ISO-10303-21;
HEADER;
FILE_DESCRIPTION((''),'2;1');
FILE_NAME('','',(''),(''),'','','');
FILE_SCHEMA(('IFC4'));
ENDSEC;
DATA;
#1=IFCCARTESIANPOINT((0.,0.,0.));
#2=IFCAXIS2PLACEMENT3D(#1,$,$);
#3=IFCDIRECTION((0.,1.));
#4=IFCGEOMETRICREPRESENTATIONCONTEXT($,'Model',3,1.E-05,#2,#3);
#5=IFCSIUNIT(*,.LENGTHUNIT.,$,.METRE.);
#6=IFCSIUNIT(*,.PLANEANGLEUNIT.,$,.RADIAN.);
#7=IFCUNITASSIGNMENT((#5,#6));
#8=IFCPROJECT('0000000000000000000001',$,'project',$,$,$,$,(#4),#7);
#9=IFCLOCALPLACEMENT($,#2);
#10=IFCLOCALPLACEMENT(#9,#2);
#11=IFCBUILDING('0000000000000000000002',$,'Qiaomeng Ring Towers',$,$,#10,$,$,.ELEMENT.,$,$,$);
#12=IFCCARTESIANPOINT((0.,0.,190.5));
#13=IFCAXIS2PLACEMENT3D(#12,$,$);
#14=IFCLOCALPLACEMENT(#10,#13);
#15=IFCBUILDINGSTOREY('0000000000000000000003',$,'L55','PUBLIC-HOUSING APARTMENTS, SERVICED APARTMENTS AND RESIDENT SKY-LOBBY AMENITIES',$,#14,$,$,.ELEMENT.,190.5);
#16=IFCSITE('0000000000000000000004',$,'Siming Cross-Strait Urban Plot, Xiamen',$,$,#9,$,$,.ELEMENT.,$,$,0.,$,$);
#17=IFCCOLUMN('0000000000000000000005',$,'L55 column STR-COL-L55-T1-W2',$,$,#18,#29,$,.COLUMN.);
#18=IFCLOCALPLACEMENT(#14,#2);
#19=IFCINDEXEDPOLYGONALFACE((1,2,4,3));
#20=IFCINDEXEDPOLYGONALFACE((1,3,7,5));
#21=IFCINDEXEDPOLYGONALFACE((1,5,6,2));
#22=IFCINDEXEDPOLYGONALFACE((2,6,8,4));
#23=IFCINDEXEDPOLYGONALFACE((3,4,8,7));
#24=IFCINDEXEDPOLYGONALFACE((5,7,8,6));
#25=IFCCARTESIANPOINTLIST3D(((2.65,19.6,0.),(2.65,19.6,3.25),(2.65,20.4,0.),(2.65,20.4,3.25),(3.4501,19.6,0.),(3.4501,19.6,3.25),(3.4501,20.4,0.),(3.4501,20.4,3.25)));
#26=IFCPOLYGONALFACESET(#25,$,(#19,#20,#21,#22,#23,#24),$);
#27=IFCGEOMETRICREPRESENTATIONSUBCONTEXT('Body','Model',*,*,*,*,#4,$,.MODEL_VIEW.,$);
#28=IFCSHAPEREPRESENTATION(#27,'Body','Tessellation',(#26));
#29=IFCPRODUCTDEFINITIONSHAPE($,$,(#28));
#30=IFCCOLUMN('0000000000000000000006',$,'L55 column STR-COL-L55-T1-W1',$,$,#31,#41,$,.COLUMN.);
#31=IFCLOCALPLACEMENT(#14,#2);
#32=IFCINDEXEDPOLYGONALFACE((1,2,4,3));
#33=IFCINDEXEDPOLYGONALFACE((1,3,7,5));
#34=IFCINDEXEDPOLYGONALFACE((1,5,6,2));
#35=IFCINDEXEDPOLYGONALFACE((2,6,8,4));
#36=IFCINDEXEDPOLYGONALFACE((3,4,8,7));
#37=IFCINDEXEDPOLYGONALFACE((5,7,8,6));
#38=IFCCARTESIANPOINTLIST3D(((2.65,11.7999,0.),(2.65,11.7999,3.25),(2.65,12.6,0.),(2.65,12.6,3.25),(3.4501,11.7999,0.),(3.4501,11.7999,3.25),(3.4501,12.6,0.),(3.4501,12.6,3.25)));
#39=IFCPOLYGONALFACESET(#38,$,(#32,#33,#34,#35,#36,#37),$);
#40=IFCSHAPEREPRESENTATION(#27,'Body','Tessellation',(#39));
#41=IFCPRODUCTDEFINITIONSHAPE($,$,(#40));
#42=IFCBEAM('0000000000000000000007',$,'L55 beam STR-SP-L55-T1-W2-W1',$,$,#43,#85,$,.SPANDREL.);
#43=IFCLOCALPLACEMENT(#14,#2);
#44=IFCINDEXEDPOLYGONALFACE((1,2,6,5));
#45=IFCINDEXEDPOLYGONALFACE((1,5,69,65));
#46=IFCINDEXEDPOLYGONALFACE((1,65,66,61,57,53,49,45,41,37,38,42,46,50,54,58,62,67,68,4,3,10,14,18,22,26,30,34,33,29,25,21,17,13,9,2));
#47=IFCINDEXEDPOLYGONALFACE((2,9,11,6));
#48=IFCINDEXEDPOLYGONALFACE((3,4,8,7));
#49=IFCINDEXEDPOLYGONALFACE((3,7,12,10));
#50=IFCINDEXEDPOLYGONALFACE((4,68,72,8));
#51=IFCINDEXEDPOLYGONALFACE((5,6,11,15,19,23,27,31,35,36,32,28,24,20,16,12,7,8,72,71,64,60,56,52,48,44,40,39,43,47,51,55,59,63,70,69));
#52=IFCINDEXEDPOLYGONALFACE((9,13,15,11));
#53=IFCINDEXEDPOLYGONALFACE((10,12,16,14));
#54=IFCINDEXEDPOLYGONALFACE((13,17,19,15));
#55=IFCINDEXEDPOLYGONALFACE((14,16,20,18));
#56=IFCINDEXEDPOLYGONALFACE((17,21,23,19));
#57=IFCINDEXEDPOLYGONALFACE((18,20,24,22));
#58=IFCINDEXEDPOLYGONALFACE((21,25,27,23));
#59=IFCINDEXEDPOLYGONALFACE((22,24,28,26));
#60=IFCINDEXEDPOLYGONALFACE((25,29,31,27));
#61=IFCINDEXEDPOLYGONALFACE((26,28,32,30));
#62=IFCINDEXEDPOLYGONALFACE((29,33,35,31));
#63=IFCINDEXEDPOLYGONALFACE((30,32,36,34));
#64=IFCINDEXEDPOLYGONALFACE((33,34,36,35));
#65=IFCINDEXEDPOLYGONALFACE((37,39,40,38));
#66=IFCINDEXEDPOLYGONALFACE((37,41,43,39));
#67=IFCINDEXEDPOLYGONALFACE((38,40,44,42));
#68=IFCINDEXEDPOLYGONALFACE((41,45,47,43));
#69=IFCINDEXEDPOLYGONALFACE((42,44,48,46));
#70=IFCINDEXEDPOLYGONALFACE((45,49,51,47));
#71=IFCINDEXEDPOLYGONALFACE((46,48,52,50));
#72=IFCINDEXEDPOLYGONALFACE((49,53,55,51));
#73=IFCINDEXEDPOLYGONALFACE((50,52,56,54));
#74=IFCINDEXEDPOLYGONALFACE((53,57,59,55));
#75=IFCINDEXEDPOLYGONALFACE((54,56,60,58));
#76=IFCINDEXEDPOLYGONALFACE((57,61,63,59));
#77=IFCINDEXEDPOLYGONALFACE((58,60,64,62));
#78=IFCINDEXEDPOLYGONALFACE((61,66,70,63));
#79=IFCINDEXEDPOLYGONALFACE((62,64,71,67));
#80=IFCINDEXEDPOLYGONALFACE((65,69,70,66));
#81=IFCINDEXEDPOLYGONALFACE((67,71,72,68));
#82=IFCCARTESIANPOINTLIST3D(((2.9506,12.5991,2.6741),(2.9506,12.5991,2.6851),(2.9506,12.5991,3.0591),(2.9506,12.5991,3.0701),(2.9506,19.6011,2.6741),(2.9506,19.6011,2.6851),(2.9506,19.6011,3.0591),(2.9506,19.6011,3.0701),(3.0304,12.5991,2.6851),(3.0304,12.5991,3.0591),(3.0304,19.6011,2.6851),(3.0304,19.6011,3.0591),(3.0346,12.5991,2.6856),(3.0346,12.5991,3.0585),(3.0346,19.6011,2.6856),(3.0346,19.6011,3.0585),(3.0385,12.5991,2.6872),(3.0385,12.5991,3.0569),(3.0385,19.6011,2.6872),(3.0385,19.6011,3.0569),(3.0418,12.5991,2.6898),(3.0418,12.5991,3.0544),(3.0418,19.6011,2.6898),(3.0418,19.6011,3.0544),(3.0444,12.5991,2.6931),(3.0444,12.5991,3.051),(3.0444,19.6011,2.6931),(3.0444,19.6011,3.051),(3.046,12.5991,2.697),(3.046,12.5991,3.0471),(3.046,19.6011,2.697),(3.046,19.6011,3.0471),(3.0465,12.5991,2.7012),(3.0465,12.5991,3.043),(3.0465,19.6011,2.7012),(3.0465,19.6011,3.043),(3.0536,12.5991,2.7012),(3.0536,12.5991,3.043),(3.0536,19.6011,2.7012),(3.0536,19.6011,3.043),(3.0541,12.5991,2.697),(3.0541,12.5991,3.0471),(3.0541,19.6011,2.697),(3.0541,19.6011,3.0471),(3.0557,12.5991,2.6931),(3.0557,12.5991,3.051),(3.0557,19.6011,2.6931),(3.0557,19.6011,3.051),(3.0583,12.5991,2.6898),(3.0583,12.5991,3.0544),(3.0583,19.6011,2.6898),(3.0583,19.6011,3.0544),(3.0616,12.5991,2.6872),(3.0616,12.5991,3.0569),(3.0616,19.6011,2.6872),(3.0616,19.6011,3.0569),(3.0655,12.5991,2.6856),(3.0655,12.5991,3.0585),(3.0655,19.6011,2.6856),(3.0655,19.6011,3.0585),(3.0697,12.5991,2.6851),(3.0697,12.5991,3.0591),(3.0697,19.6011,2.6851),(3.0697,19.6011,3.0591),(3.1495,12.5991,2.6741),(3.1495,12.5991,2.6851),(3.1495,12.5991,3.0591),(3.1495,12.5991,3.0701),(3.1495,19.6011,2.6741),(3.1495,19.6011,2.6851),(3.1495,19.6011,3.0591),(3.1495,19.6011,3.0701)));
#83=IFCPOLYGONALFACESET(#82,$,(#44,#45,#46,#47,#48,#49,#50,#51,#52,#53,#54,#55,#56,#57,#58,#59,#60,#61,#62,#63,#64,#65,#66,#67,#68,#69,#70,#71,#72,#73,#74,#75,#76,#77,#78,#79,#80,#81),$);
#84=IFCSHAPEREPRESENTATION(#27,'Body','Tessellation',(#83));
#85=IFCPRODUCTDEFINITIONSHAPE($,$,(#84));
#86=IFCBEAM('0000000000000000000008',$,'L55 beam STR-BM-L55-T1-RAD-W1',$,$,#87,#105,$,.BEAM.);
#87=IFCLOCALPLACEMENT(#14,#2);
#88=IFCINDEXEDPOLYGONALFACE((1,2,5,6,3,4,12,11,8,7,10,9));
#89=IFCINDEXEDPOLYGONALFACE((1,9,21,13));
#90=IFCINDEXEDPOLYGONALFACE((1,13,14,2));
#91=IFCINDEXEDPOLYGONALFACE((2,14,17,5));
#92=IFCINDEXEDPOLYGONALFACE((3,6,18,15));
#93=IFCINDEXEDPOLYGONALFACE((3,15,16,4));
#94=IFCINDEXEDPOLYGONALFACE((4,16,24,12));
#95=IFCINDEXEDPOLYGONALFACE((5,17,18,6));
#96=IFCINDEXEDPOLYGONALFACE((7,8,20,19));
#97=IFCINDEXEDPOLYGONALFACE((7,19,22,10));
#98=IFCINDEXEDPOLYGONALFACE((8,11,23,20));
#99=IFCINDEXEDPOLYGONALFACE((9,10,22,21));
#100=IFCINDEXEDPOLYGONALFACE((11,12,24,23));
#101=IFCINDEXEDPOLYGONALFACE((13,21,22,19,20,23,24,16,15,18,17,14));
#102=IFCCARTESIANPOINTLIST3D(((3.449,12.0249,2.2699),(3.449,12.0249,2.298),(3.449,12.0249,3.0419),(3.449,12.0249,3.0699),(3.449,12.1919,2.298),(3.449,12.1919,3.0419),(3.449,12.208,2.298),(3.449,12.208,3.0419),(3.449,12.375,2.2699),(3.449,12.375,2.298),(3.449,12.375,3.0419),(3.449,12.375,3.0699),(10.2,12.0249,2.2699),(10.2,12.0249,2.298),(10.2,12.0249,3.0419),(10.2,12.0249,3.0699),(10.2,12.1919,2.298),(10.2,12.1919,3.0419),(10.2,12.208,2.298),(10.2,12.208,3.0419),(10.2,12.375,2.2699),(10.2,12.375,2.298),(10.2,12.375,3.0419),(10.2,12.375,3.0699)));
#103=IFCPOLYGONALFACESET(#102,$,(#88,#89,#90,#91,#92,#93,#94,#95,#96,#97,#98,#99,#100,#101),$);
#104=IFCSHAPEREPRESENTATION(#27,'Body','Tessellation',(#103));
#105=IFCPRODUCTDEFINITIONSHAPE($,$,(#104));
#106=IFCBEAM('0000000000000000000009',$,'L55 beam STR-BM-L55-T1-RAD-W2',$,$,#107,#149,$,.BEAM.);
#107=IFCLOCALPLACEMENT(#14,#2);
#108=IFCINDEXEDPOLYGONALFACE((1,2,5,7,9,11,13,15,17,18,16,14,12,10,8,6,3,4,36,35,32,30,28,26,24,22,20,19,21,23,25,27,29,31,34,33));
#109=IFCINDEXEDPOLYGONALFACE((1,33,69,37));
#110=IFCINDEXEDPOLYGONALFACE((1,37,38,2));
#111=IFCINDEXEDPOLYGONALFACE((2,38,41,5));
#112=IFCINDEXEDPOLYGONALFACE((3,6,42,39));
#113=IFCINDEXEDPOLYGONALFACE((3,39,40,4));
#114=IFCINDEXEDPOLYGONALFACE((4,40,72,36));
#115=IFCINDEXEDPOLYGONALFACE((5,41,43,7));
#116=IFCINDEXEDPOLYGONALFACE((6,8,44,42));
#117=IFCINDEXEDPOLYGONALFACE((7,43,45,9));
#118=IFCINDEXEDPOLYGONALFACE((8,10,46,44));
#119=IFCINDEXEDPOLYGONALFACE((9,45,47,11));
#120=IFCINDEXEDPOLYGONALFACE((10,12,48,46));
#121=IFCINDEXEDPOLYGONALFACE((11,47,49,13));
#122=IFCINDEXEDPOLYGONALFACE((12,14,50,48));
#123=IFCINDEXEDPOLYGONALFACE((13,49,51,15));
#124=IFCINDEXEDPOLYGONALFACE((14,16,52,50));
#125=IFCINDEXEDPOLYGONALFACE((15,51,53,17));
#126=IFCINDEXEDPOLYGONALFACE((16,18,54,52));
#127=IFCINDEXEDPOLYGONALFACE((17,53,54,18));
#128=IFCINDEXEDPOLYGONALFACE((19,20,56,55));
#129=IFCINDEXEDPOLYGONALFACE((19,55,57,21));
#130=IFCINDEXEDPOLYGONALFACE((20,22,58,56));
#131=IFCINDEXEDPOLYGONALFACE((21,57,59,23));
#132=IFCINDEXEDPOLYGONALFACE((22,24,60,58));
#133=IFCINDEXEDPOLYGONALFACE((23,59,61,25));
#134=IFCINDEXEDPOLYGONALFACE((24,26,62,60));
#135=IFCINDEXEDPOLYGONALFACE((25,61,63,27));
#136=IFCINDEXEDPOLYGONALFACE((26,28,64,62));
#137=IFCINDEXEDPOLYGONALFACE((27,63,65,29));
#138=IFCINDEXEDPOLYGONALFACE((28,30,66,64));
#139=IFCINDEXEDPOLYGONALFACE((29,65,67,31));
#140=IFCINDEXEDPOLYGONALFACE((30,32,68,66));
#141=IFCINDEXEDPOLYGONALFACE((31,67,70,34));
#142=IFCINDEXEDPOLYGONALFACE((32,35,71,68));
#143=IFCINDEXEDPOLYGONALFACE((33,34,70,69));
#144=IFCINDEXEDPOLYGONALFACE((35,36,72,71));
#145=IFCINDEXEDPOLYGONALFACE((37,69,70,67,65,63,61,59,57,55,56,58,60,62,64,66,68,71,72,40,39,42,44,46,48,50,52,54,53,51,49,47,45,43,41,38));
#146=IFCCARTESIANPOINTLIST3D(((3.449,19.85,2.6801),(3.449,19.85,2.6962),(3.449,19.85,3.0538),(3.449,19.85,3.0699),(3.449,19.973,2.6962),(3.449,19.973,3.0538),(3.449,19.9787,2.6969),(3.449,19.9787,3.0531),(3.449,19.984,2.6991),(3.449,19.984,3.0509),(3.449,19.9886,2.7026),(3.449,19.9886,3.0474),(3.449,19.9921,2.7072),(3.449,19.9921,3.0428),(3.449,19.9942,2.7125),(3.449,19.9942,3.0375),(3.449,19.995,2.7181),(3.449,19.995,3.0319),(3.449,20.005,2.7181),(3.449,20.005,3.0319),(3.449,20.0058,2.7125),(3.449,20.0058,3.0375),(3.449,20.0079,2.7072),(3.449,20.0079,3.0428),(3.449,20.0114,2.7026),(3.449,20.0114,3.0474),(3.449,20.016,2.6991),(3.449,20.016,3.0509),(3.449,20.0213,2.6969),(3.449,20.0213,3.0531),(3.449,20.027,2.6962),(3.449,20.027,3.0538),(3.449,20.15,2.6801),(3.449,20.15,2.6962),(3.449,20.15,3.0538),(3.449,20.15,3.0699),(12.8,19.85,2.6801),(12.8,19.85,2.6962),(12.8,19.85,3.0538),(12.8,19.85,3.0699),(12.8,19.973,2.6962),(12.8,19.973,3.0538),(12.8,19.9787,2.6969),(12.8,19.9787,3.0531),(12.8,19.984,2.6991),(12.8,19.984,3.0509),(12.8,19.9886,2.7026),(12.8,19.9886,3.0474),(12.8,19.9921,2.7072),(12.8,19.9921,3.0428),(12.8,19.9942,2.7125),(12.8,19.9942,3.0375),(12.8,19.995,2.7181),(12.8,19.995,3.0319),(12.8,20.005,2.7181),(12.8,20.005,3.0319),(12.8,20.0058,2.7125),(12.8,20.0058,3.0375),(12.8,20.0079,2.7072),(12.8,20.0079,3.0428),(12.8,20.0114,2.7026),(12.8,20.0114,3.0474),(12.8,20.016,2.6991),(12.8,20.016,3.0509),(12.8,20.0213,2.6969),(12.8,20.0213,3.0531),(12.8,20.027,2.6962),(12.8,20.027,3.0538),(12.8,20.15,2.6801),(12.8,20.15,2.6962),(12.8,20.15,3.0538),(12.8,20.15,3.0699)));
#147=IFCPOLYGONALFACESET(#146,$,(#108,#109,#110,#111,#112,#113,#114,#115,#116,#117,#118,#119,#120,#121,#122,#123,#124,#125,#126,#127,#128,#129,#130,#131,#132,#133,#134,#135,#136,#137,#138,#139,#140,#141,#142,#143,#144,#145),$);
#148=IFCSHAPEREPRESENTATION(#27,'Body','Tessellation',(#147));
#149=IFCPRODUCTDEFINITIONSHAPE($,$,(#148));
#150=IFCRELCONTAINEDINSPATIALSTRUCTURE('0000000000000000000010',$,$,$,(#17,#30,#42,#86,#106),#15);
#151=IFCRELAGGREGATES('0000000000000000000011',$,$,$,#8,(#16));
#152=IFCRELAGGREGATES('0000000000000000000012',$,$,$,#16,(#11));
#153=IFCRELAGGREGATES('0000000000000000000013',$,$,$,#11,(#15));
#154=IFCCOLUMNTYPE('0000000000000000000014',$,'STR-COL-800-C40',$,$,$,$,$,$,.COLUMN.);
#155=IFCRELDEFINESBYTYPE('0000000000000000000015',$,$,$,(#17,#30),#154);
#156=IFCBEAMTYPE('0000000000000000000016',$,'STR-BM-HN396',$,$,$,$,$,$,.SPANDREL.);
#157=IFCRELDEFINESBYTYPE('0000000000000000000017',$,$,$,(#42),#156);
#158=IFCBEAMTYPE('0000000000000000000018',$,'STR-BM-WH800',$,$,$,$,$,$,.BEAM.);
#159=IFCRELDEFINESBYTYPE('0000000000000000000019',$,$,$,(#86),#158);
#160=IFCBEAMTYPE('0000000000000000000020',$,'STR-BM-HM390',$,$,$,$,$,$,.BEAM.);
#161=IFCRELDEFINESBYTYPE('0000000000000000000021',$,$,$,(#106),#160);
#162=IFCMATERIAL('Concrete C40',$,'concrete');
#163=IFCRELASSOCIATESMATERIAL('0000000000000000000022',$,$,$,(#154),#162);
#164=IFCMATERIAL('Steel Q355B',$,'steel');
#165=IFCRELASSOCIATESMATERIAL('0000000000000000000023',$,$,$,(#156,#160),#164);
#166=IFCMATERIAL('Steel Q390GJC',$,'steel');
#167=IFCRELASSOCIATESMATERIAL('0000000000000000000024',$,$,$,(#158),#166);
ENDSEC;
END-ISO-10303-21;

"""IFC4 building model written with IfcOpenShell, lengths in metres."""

from ifc_helpers import new_model, si_unit, direction, frame, origin, origin_2d, place, context, subcontext, project, spatial, rectangle, i_section, extrude, source, transform, mapped, material, material_profile, profile_set, type_object, element, save


model = new_model("IFC4")

# Units and contexts
model_context = context("Model", 3, precision=1e-05, world=origin(), true_north=direction((0.0, 1.0)))
body_context = subcontext(model_context, "Body", "Model", "MODEL_VIEW")
ifc_project = project(units=[si_unit("LENGTHUNIT", "METRE"), si_unit("PLANEANGLEUNIT", "RADIAN")], contexts=[model_context])

# Site, building, storey
site_placement = place(None, origin())
site = spatial("IfcSite", under=ifc_project, at=site_placement, Name="Siming Cross-Strait Urban Plot, Xiamen", CompositionType="ELEMENT", RefElevation=0.0)
building_placement = place(site_placement, origin())
building = spatial("IfcBuilding", under=site, at=building_placement, Name="Qiaomeng Ring Towers", CompositionType="ELEMENT")
storey_placement = place(building_placement, frame((0.0, 0.0, 190.5)))
storey = spatial("IfcBuildingStorey", under=building, at=storey_placement, Name="L55", Description="PUBLIC-HOUSING APARTMENTS, SERVICED APARTMENTS AND RESIDENT SKY-LOBBY AMENITIES", CompositionType="ELEMENT", Elevation=190.5)

# Columns
ifc_material_1 = material(Name="Concrete C40", Category="concrete")
ifc_material_profile_1 = material_profile(ifc_material_1, rectangle(XDim=0.8, YDim=0.8, at=origin_2d()), Name="RC COL 800x800")
ifc_profile_set_1 = profile_set([ifc_material_profile_1], Name="Concrete C40")
column_type = type_object("IfcColumnType", Name="STR-COL-800-C40", PredefinedType="COLUMN", material=ifc_profile_set_1)
shared_shape_1 = source(origin(), body_context, "Body", "SweptSolid", [
    extrude(rectangle(XDim=0.8, YDim=0.8, at=origin_2d()), origin(), (0.0, 0.0, 1.0), 3.25),
])
for number, where, z_axis, x_axis, name in (
    (1, (3.05, 20.0, 0.0), (0.0, 0.0, 1.0), (1.0, 0.0, 0.0), "L55 column STR-COL-L55-T1-W2"),
    (2, (3.05, 12.2, 0.0), (0.0, 0.0, 1.0), (1.0, 0.0, 0.0), "L55 column STR-COL-L55-T1-W1"),
):
    element("IfcColumn", number, at=place(storey_placement, frame(where, z_axis=z_axis, x_axis=x_axis)), inside=storey, type_object=column_type, Name=name, PredefinedType="COLUMN", context=body_context, shape_type="MappedRepresentation", body=[
        mapped(shared_shape_1, transform((0.0, 0.0, 0.0), x_axis=(1.0, 0.0, 0.0), y_axis=(0.0, 1.0, 0.0), z_axis=(0.0, 0.0, 1.0), scale=1.0)),
    ])

# Beams
ifc_material_2 = material(Name="Steel Q355B", Category="steel")
ifc_material_profile_2 = material_profile(ifc_material_2, i_section(OverallWidth=0.199, OverallDepth=0.396, WebThickness=0.0071, FlangeThickness=0.011, FilletRadius=0.0161, at=origin_2d()), Name="HN 396x199x7x11")
ifc_profile_set_2 = profile_set([ifc_material_profile_2], Name="Steel Q355B")
beam_type_1 = type_object("IfcBeamType", Name="STR-BM-HN396", PredefinedType="SPANDREL", material=ifc_profile_set_2)
shared_shape_2 = source(origin(), body_context, "Body", "SweptSolid", [
    extrude(i_section(OverallWidth=0.199, OverallDepth=0.396, WebThickness=0.0071, FlangeThickness=0.011, FilletRadius=0.0161, at=origin_2d()), origin(), (0.0, 0.0, 1.0), 7.002),
])
beam_1_placement = place(storey_placement, frame((3.05, 19.6011, 2.8721), z_axis=(0.0, -1.0, 0.0), x_axis=(1.0, 0.0, 0.0)))
element("IfcBeam", 3, at=beam_1_placement, inside=storey, type_object=beam_type_1, Name="L55 beam STR-SP-L55-T1-W2-W1", PredefinedType="SPANDREL", context=body_context, shape_type="MappedRepresentation", body=[
    mapped(shared_shape_2, transform((0.0, 0.0, 0.0), x_axis=(1.0, 0.0, 0.0), y_axis=(0.0, 1.0, 0.0), z_axis=(0.0, 0.0, 1.0), scale=1.0)),
])
ifc_material_3 = material(Name="Steel Q390GJC", Category="steel")
ifc_material_profile_3 = material_profile(ifc_material_3, i_section(OverallWidth=0.3501, OverallDepth=0.8, WebThickness=0.0161, FlangeThickness=0.0281, at=origin_2d()), Name="WH 800x350x16x28")
ifc_profile_set_3 = profile_set([ifc_material_profile_3], Name="Steel Q390GJC")
beam_type_2 = type_object("IfcBeamType", Name="STR-BM-WH800", PredefinedType="BEAM", material=ifc_profile_set_3)
shared_shape_3 = source(origin(), body_context, "Body", "SweptSolid", [
    extrude(i_section(OverallWidth=0.3501, OverallDepth=0.8, WebThickness=0.0161, FlangeThickness=0.0281, at=origin_2d()), origin(), (0.0, 0.0, 1.0), 6.751),
])
beam_2_placement = place(storey_placement, frame((3.449, 12.2, 2.6699), z_axis=(1.0, 0.0, 0.0), x_axis=(0.0, 1.0, 0.0)))
element("IfcBeam", 4, at=beam_2_placement, inside=storey, type_object=beam_type_2, Name="L55 beam STR-BM-L55-T1-RAD-W1", PredefinedType="BEAM", context=body_context, shape_type="MappedRepresentation", body=[
    mapped(shared_shape_3, transform((0.0, 0.0, 0.0), x_axis=(1.0, 0.0, 0.0), y_axis=(0.0, 1.0, 0.0), z_axis=(0.0, 0.0, 1.0), scale=1.0)),
])
ifc_material_profile_4 = material_profile(ifc_material_2, i_section(OverallWidth=0.3, OverallDepth=0.3899, WebThickness=0.01, FlangeThickness=0.0161, FilletRadius=0.022, at=origin_2d()), Name="HM 390x300x10x16")
ifc_profile_set_4 = profile_set([ifc_material_profile_4], Name="Steel Q355B")
beam_type_3 = type_object("IfcBeamType", Name="STR-BM-HM390", PredefinedType="BEAM", material=ifc_profile_set_4)
shared_shape_4 = source(origin(), body_context, "Body", "SweptSolid", [
    extrude(i_section(OverallWidth=0.3, OverallDepth=0.3899, WebThickness=0.01, FlangeThickness=0.0161, FilletRadius=0.022, at=origin_2d()), origin(), (0.0, 0.0, 1.0), 9.3511),
])
beam_3_placement = place(storey_placement, frame((3.449, 20.0, 2.875), z_axis=(1.0, 0.0, 0.0), x_axis=(0.0, 1.0, 0.0)))
element("IfcBeam", 5, at=beam_3_placement, inside=storey, type_object=beam_type_3, Name="L55 beam STR-BM-L55-T1-RAD-W2", PredefinedType="BEAM", context=body_context, shape_type="MappedRepresentation", body=[
    mapped(shared_shape_4, transform((0.0, 0.0, 0.0), x_axis=(1.0, 0.0, 0.0), y_axis=(0.0, 1.0, 0.0), z_axis=(0.0, 0.0, 1.0), scale=1.0)),
])

save(model, "model.ifc")
